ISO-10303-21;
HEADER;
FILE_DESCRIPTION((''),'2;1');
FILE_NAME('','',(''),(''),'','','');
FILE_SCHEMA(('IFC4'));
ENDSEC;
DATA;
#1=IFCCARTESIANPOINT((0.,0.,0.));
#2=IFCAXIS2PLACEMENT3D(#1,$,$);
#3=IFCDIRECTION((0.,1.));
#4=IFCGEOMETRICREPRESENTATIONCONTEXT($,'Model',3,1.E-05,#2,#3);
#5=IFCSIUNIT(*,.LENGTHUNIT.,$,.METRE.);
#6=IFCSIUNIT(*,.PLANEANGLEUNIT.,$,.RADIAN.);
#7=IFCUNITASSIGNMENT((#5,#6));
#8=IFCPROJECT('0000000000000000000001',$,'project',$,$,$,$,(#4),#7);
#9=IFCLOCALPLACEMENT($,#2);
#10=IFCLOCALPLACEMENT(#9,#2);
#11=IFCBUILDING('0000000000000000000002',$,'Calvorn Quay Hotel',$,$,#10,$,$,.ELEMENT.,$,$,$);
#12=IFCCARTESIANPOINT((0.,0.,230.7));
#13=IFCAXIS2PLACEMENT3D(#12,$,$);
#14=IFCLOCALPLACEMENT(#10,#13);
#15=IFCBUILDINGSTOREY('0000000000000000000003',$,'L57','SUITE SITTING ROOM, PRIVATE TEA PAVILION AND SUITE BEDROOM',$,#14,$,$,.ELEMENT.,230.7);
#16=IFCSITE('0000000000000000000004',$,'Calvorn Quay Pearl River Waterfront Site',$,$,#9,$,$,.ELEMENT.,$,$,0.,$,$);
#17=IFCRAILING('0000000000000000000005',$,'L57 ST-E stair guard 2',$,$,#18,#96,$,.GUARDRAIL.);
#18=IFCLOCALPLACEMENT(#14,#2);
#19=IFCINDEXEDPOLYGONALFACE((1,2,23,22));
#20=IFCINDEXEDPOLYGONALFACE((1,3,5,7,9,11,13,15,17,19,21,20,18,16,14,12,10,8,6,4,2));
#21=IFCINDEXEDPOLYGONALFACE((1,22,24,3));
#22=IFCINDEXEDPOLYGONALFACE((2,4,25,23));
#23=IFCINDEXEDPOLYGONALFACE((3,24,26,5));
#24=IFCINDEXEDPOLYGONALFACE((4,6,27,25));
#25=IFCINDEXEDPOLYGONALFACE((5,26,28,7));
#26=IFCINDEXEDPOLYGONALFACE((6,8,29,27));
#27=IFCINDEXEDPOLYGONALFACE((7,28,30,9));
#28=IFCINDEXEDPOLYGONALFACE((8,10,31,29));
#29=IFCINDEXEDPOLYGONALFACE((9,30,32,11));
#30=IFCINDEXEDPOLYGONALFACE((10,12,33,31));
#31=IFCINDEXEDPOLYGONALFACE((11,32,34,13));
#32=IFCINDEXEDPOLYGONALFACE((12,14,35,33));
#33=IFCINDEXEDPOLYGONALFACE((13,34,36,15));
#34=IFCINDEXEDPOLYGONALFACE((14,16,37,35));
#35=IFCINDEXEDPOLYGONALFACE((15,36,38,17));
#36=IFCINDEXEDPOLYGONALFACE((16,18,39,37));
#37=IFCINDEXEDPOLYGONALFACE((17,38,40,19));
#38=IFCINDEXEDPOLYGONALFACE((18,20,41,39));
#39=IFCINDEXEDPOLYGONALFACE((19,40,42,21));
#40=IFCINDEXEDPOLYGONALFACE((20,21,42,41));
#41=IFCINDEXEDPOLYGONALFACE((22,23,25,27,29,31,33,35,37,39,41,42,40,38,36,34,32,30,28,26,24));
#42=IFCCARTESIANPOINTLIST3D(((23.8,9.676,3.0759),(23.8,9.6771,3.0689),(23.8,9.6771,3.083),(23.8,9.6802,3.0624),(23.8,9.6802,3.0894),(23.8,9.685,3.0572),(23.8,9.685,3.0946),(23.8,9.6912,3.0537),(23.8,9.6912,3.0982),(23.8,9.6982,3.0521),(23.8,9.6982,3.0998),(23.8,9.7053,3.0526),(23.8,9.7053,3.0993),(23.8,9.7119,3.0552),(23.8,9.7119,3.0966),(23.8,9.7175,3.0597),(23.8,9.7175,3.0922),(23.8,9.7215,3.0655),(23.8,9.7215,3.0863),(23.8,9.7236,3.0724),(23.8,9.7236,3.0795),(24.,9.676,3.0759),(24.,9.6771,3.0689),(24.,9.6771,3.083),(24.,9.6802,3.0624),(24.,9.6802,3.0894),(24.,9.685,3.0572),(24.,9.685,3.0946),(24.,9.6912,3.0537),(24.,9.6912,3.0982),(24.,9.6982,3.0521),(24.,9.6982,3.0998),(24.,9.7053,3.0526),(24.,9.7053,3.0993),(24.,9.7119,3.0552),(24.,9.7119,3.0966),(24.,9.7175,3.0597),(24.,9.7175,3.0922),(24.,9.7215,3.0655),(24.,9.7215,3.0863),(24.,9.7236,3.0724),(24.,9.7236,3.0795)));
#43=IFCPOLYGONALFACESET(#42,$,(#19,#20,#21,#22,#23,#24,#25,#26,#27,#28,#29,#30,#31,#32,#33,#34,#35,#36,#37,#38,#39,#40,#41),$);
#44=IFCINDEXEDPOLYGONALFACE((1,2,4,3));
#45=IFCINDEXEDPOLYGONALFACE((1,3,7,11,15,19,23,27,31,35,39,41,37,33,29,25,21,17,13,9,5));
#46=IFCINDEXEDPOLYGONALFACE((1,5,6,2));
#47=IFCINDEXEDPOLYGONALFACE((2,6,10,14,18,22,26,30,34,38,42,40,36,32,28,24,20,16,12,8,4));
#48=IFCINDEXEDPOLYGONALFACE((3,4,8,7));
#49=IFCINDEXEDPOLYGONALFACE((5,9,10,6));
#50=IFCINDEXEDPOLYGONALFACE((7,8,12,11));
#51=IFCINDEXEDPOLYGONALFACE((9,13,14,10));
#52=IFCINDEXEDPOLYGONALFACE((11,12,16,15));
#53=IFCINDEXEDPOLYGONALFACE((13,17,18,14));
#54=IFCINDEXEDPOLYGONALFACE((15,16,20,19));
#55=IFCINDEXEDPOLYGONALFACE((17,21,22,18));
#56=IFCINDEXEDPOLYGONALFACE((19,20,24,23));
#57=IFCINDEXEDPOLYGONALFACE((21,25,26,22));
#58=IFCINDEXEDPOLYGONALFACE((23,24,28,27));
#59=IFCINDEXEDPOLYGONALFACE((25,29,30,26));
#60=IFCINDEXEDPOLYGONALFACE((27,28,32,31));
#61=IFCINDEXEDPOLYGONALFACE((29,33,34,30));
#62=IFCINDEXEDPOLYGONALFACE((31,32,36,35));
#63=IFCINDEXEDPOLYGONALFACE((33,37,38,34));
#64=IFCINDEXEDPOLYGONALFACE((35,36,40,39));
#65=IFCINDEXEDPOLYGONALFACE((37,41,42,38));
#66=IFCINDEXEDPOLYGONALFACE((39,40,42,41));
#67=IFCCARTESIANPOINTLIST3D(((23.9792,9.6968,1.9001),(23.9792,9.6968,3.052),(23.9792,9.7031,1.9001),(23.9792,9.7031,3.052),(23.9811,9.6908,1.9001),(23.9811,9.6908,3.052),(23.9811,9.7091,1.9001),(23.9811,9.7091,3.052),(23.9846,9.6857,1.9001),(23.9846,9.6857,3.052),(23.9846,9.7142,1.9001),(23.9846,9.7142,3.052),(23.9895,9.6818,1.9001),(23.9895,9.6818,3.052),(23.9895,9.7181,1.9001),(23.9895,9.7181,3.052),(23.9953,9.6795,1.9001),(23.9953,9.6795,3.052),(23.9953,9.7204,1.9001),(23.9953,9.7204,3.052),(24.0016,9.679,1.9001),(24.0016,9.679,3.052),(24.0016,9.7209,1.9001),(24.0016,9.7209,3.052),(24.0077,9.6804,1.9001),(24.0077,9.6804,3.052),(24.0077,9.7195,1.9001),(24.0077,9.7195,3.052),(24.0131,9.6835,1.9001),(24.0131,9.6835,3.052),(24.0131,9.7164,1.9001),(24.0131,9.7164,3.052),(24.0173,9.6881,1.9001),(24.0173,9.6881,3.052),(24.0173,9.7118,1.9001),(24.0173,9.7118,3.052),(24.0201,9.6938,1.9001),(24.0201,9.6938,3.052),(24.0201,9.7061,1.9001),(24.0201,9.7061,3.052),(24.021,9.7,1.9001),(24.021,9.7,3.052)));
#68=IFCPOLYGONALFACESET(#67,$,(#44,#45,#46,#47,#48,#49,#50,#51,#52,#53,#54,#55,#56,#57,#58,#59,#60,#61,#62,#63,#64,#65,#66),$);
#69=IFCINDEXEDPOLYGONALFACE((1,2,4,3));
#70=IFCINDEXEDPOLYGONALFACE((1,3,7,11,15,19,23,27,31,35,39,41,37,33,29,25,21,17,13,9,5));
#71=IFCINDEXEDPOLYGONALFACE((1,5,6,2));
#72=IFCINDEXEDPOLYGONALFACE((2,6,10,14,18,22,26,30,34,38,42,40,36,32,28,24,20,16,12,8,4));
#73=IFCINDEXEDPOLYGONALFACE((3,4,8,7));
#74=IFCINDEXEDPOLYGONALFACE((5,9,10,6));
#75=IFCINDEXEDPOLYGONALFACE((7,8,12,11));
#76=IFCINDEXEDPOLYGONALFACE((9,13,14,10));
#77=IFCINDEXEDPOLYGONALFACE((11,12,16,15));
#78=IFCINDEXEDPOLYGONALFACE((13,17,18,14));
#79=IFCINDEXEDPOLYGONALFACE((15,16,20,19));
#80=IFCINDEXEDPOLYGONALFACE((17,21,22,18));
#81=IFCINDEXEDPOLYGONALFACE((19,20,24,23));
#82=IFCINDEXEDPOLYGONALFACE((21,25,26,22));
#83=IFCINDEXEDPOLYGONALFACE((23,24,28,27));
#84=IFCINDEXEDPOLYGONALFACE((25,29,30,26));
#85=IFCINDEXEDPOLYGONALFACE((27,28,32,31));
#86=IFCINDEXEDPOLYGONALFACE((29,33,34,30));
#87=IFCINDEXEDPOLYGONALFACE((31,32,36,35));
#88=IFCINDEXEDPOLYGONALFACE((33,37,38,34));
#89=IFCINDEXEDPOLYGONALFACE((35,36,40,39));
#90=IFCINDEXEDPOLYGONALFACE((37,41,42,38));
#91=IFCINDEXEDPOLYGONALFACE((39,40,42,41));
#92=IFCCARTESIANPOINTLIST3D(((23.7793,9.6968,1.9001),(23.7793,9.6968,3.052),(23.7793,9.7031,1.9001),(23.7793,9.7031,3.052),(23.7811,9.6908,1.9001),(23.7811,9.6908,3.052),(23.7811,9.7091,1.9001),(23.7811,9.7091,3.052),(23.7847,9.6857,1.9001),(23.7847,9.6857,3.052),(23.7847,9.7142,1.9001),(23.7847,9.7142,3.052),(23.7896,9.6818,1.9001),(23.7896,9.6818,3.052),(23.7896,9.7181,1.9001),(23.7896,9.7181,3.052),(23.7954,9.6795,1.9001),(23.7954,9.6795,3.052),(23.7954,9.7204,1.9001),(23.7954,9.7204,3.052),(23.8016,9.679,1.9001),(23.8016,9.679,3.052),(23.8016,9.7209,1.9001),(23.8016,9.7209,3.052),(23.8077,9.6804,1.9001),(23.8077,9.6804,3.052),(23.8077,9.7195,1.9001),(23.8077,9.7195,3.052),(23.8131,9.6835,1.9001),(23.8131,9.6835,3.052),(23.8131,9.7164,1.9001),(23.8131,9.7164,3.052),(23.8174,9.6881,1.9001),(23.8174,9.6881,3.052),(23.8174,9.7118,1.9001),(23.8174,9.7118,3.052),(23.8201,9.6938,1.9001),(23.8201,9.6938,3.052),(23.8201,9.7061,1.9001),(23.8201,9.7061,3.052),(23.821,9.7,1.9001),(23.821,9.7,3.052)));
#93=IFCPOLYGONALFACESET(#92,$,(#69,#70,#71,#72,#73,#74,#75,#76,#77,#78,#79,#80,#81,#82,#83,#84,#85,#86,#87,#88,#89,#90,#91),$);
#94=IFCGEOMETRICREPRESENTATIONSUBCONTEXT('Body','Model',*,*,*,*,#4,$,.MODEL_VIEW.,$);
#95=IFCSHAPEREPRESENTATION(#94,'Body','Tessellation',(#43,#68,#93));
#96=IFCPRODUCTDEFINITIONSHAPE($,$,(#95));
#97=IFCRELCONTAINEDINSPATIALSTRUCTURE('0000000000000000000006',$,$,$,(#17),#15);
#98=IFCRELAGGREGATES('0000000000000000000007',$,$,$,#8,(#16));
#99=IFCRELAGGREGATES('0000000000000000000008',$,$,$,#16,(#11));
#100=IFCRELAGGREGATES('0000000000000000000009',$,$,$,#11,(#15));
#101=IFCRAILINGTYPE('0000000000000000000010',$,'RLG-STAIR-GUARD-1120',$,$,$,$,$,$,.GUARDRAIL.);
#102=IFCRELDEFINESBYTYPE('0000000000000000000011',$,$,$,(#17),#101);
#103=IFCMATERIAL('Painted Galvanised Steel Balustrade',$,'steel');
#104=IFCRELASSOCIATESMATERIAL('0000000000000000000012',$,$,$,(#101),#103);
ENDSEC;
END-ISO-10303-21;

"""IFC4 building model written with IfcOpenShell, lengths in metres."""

from ifc_helpers import new_model, si_unit, direction, frame, origin, origin_2d, place, context, subcontext, project, spatial, circle, extrude, material, type_object, element, save


model = new_model("IFC4")

# Units and contexts
model_context = context("Model", 3, precision=1e-05, world=origin(), true_north=direction((0.0, 1.0)))
body_context = subcontext(model_context, "Body", "Model", "MODEL_VIEW")
ifc_project = project(units=[si_unit("LENGTHUNIT", "METRE"), si_unit("PLANEANGLEUNIT", "RADIAN")], contexts=[model_context])

# Site, building, storey
site_placement = place(None, origin())
site = spatial("IfcSite", under=ifc_project, at=site_placement, Name="Calvorn Quay Pearl River Waterfront Site", CompositionType="ELEMENT", RefElevation=0.0)
building_placement = place(site_placement, origin())
building = spatial("IfcBuilding", under=site, at=building_placement, Name="Calvorn Quay Hotel", CompositionType="ELEMENT")
storey_placement = place(building_placement, frame((0.0, 0.0, 230.7)))
storey = spatial("IfcBuildingStorey", under=building, at=storey_placement, Name="L57", Description="SUITE SITTING ROOM, PRIVATE TEA PAVILION AND SUITE BEDROOM", CompositionType="ELEMENT", Elevation=230.7)

# Railing
ifc_material_1 = material(Name="Painted Galvanised Steel Balustrade", Category="steel")
railing_type_1 = type_object("IfcRailingType", Name="RLG-STAIR-GUARD-1120", PredefinedType="GUARDRAIL", material=ifc_material_1)
railing_1_placement = place(storey_placement, frame((24.0, 9.7, 1.9001)))
element("IfcRailing", 1, at=railing_1_placement, inside=storey, type_object=railing_type_1, Name="L57 ST-E stair guard 2", PredefinedType="GUARDRAIL", context=body_context, shape_type="SweptSolid", body=[
    extrude(circle(Radius=0.0239, at=origin_2d()), frame((0.0, 0.0, 1.1758), z_axis=(-1.0, 0.0, 0.0), x_axis=(0.0, -1.0, 0.0)), (0.0, 0.0, 1.0), 0.2),
    extrude(circle(Radius=0.021, at=origin_2d()), origin(), (0.0, 0.0, 1.0), 1.1519),
    extrude(circle(Radius=0.021, at=origin_2d()), frame((-0.2, 0.0, 0.0)), (0.0, 0.0, 1.0), 1.1519),
])

save(model, "model.ifc")
